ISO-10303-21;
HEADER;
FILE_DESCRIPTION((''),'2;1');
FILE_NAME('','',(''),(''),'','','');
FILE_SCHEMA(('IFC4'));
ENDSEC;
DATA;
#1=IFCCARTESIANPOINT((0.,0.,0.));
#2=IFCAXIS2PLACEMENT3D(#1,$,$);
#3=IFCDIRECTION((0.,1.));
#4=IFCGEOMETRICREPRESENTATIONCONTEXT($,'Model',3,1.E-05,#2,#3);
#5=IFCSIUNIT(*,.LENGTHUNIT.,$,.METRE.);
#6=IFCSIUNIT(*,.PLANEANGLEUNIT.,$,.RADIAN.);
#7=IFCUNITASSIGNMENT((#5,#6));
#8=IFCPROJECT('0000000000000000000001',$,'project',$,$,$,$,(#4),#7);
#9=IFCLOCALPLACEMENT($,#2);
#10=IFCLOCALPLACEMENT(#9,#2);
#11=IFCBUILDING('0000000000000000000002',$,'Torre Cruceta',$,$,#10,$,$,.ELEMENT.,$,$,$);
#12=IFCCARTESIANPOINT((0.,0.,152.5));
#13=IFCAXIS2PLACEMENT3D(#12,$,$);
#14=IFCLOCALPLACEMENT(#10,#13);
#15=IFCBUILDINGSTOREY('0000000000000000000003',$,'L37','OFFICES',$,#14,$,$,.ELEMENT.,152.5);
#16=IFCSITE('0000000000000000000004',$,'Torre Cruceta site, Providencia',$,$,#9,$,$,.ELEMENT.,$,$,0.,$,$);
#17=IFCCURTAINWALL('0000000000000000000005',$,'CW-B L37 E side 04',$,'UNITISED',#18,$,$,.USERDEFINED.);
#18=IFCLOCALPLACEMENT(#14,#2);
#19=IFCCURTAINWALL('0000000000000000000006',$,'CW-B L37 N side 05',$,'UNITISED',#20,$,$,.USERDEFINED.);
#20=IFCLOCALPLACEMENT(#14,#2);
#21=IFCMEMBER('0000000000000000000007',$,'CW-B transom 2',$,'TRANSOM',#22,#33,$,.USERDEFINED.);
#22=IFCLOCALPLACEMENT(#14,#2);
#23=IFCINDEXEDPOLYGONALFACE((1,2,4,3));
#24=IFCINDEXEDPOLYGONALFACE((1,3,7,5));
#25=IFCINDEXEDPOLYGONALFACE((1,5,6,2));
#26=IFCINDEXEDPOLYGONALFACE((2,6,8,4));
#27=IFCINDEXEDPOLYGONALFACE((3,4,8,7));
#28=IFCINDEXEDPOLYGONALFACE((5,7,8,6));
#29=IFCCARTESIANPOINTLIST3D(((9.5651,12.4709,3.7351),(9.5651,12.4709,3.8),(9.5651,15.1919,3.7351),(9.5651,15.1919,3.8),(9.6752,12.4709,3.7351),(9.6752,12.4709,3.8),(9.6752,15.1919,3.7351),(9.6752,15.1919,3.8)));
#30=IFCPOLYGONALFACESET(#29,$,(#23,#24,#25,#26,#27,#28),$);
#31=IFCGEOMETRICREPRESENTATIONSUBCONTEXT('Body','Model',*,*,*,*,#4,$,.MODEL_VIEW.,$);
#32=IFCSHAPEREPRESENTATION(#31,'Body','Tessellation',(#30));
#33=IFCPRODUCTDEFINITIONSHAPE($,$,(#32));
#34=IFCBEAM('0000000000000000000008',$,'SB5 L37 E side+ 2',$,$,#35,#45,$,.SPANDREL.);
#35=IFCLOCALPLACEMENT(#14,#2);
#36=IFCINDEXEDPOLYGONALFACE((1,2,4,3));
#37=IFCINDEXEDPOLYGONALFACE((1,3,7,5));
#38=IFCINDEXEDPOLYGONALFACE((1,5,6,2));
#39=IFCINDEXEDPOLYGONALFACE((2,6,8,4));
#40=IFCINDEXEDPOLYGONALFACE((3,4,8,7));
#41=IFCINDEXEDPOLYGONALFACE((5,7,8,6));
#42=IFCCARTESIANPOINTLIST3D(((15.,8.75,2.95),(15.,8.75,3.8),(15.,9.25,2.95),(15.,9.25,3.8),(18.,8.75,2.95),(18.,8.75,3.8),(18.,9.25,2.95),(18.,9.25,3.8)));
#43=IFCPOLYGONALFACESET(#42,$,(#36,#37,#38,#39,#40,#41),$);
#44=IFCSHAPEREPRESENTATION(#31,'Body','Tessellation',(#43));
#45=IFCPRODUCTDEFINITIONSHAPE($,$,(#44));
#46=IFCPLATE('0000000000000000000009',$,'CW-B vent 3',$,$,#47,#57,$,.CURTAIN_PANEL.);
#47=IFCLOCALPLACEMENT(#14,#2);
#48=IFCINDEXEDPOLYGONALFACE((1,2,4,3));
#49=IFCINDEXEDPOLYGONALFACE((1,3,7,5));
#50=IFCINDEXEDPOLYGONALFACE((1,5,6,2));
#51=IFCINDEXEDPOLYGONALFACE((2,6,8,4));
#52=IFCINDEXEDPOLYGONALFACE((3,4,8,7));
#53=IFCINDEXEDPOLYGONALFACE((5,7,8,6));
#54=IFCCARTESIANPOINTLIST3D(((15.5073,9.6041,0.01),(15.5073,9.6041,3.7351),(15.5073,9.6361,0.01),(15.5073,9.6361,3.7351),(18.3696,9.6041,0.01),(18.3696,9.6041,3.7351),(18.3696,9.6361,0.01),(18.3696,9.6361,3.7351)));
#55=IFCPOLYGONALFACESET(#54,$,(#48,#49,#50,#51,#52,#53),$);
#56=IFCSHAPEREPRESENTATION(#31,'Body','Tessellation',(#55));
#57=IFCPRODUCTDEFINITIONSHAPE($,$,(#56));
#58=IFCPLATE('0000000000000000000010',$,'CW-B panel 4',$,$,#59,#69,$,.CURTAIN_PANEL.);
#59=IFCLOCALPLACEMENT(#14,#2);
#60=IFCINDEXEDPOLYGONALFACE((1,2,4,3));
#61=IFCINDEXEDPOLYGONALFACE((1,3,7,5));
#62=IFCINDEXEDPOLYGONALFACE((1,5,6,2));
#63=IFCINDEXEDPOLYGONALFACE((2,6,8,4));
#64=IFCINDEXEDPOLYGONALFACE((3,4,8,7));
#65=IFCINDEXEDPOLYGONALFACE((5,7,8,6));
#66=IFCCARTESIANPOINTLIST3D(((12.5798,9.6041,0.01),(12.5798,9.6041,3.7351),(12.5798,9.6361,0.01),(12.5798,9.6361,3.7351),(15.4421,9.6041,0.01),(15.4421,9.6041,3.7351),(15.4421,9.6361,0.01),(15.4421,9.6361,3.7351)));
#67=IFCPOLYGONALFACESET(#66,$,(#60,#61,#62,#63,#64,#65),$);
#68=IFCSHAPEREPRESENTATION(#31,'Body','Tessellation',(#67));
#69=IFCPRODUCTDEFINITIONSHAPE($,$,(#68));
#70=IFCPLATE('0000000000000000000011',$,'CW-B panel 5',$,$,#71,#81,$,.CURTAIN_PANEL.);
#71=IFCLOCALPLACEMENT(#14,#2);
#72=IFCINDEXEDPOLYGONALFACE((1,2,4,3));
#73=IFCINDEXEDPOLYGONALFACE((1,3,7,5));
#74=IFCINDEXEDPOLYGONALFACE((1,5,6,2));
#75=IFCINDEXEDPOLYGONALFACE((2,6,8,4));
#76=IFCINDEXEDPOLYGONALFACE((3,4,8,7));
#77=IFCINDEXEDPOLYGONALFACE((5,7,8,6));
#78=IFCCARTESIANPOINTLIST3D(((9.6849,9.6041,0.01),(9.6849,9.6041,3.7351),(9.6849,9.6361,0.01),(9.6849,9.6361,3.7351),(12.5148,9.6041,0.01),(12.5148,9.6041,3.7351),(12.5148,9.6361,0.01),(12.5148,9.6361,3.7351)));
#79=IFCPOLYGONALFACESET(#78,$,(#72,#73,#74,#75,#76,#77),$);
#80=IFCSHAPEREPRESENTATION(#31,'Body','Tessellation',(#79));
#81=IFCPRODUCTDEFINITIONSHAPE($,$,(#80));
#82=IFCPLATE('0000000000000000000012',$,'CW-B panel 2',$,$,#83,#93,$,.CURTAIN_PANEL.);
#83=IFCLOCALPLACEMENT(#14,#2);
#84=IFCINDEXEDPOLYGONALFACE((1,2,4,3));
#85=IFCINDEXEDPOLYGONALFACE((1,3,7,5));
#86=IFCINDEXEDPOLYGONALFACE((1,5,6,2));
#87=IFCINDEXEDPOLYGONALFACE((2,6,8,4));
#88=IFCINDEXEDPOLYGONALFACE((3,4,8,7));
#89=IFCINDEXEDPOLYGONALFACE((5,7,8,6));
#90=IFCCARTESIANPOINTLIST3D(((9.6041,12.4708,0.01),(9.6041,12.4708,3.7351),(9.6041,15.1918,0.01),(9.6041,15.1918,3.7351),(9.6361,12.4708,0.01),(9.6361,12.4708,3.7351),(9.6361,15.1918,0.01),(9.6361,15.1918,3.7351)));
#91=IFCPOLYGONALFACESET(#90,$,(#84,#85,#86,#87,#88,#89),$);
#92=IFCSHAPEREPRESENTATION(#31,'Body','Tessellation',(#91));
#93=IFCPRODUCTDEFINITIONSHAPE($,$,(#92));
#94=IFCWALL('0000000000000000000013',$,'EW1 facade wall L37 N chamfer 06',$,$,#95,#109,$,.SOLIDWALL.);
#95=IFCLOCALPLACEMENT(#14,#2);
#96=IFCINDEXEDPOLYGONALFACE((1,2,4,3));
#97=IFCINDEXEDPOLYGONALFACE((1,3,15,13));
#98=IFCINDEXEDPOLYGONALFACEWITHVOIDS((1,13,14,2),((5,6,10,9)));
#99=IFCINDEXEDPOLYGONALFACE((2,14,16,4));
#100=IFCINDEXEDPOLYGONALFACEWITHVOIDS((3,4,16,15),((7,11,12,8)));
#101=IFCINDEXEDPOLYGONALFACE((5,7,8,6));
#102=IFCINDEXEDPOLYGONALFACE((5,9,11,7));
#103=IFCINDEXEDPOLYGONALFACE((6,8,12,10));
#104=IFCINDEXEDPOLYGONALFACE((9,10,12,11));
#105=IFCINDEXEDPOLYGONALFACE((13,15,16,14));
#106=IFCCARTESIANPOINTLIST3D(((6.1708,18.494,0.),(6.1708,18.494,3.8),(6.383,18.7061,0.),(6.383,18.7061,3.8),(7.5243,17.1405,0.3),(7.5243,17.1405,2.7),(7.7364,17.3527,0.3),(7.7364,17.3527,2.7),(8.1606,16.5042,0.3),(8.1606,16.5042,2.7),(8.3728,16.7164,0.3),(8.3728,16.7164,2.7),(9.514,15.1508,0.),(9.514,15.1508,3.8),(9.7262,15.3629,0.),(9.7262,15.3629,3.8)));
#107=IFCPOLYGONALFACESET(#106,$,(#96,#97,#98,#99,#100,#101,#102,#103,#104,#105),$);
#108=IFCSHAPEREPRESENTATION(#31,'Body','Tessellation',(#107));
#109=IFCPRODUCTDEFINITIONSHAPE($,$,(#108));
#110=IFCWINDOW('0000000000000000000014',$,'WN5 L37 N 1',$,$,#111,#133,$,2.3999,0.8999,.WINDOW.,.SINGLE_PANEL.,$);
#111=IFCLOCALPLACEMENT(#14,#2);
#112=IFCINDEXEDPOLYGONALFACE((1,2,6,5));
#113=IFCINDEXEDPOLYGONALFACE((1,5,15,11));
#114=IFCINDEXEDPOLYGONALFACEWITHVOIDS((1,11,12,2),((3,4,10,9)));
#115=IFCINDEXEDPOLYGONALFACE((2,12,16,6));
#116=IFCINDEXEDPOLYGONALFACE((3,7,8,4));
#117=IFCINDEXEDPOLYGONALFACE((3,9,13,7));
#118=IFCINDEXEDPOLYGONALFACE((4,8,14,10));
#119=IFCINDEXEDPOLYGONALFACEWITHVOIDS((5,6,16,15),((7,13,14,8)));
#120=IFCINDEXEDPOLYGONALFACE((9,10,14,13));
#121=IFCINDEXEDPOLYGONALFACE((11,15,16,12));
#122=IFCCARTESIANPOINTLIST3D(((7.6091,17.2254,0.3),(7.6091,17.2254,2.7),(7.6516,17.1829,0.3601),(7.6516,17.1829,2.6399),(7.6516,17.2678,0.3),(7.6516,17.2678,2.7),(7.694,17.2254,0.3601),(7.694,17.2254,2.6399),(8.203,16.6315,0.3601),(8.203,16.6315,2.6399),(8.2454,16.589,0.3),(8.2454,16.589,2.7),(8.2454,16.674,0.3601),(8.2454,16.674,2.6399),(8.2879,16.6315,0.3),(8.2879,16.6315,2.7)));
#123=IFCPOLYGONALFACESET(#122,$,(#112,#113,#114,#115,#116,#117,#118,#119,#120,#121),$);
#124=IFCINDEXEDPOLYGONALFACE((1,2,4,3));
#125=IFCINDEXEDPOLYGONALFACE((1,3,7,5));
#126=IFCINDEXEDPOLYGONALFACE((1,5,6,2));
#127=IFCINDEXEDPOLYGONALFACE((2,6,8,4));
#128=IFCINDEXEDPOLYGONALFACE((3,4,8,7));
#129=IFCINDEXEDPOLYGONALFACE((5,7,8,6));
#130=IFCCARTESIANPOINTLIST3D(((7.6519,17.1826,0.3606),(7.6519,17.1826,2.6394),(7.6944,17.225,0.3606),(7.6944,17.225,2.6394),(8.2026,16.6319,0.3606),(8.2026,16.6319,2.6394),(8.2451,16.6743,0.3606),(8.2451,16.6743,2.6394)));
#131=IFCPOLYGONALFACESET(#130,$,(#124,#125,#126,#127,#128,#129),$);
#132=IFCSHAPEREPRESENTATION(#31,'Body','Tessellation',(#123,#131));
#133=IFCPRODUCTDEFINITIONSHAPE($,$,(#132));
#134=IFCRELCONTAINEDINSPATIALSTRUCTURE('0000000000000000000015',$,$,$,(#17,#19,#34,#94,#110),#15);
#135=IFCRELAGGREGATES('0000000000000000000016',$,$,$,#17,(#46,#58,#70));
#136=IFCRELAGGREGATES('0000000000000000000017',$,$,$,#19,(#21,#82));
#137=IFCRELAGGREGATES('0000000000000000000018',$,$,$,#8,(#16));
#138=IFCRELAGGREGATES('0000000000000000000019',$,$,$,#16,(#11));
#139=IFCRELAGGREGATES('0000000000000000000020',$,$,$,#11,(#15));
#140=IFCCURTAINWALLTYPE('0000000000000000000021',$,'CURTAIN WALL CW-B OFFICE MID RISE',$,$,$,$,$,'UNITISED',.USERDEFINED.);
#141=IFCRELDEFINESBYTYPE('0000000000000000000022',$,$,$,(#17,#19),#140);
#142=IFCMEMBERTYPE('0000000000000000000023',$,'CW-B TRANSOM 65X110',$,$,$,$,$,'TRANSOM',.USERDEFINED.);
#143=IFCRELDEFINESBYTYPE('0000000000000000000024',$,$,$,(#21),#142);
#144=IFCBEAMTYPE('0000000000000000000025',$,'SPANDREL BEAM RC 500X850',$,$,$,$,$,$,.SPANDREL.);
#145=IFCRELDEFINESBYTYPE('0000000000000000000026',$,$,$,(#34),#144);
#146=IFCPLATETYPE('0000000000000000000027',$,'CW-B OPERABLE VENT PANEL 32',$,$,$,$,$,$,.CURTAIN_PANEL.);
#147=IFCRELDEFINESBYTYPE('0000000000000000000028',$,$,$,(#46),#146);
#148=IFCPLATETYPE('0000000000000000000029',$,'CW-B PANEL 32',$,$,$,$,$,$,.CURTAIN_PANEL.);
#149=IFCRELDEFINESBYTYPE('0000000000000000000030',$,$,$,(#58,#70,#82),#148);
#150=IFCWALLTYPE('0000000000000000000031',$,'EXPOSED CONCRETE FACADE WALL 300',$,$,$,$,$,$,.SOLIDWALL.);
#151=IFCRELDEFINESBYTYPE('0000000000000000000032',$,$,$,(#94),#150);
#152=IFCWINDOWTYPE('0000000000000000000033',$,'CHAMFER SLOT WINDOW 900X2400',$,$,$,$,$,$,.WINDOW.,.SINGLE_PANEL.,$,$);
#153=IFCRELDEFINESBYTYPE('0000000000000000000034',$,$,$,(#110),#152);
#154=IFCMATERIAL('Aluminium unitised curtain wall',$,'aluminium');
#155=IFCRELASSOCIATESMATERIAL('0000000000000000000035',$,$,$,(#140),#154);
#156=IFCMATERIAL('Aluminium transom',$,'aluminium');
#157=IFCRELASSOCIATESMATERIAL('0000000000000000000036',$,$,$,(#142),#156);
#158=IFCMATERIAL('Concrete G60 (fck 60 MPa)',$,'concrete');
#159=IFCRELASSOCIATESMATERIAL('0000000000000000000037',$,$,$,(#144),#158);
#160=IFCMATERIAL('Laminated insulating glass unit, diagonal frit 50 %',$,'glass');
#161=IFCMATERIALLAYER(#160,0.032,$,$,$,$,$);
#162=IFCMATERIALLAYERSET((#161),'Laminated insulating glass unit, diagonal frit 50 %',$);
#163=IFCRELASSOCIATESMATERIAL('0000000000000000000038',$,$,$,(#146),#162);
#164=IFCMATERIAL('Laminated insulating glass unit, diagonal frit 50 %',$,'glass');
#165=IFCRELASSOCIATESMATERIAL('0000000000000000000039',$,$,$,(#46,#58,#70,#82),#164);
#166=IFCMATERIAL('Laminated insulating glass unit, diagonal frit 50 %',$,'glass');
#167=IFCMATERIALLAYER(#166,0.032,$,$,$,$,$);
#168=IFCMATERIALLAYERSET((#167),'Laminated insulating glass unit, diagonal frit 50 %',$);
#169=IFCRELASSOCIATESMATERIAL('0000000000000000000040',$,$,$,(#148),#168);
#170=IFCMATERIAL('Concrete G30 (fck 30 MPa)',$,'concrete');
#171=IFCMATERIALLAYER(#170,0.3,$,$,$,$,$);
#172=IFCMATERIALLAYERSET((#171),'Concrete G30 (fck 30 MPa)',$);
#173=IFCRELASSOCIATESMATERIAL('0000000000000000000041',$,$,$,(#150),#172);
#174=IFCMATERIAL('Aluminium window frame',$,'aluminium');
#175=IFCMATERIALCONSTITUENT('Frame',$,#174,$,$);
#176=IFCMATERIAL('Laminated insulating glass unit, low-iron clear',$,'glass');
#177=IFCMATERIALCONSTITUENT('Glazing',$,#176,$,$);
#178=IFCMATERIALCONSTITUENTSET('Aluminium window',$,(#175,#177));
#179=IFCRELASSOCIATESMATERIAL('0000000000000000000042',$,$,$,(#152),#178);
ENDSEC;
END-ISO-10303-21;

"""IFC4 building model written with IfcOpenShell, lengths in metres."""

from ifc_helpers import new_model, si_unit, direction, frame, frame_2d, origin, origin_2d, place, context, subcontext, project, spatial, rectangle, hollow_rectangle, extrude, material, layer, layer_set, constituent, constituent_set, material_profile, profile_set, type_object, element, fill, aggregate, save


model = new_model("IFC4")

# Units and contexts
model_context = context("Model", 3, precision=1e-05, world=origin(), true_north=direction((0.0, 1.0)))
body_context = subcontext(model_context, "Body", "Model", "MODEL_VIEW")
ifc_project = project(units=[si_unit("LENGTHUNIT", "METRE"), si_unit("PLANEANGLEUNIT", "RADIAN")], contexts=[model_context])

# Site, building, storey
site_placement = place(None, origin())
site = spatial("IfcSite", under=ifc_project, at=site_placement, Name="Torre Cruceta site, Providencia", CompositionType="ELEMENT", RefElevation=0.0)
building_placement = place(site_placement, origin())
building = spatial("IfcBuilding", under=site, at=building_placement, Name="Torre Cruceta", CompositionType="ELEMENT")
storey_placement = place(building_placement, frame((0.0, 0.0, 152.5)))
storey = spatial("IfcBuildingStorey", under=building, at=storey_placement, Name="L37", Description="OFFICES", CompositionType="ELEMENT", Elevation=152.5)

# Curtain walls
ifc_material_1 = material(Name="Aluminium unitised curtain wall", Category="aluminium")
curtain_wall_type = type_object("IfcCurtainWallType", Name="CURTAIN WALL CW-B OFFICE MID RISE", ElementType="UNITISED", PredefinedType="USERDEFINED", material=ifc_material_1)
curtain_wall_1_placement = place(storey_placement, origin())
curtain_wall_1 = element("IfcCurtainWall", 1, at=curtain_wall_1_placement, inside=storey, type_object=curtain_wall_type, Name="CW-B L37 E side 04", ObjectType="UNITISED", PredefinedType="USERDEFINED")
curtain_wall_2_placement = place(storey_placement, origin())
curtain_wall_2 = element("IfcCurtainWall", 2, at=curtain_wall_2_placement, inside=storey, type_object=curtain_wall_type, Name="CW-B L37 N side 05", ObjectType="UNITISED", PredefinedType="USERDEFINED")

# Member
ifc_material_2 = material(Name="Aluminium transom", Category="aluminium")
ifc_material_profile_1 = material_profile(ifc_material_2, rectangle(XDim=0.1101, YDim=0.0649, at=origin_2d()), Name="AL 110X65")
ifc_profile_set_1 = profile_set([ifc_material_profile_1], Name="Aluminium transom")
member_type_1 = type_object("IfcMemberType", Name="CW-B TRANSOM 65X110", ElementType="TRANSOM", PredefinedType="USERDEFINED", material=ifc_profile_set_1)
member_1_placement = place(storey_placement, frame((9.6201, 12.4709, 3.7676), z_axis=(0.0, 1.0, 0.0), x_axis=(-1.0, 0.0, 0.0)))
member_1 = element("IfcMember", 3, at=member_1_placement, type_object=member_type_1, Name="CW-B transom 2", ObjectType="TRANSOM", PredefinedType="USERDEFINED", context=body_context, shape_type="SweptSolid", body=[
    extrude(rectangle(XDim=0.1101, YDim=0.0649, at=origin_2d()), origin(), (0.0, 0.0, 1.0), 2.7209),
])

# Beam
ifc_material_3 = material(Name="Concrete G60 (fck 60 MPa)", Category="concrete")
ifc_material_profile_2 = material_profile(ifc_material_3, rectangle(XDim=0.5, YDim=0.8501, at=origin_2d()), Name="RC 500X850")
ifc_profile_set_2 = profile_set([ifc_material_profile_2], Name="Concrete G60 (fck 60 MPa)")
beam_type_1 = type_object("IfcBeamType", Name="SPANDREL BEAM RC 500X850", PredefinedType="SPANDREL", material=ifc_profile_set_2)
beam_1_placement = place(storey_placement, frame((15.0, 9.0, 3.375), z_axis=(1.0, 0.0, 0.0), x_axis=(0.0, 1.0, 0.0)))
element("IfcBeam", 4, at=beam_1_placement, inside=storey, type_object=beam_type_1, Name="SB5 L37 E side+ 2", PredefinedType="SPANDREL", context=body_context, shape_type="SweptSolid", body=[
    extrude(rectangle(XDim=0.5, YDim=0.8501, at=origin_2d()), origin(), (0.0, 0.0, 1.0), 3.0),
])

# Plates
ifc_material_4 = material(Name="Laminated insulating glass unit, diagonal frit 50 %", Category="glass")
ifc_material_5 = material(Name="Laminated insulating glass unit, diagonal frit 50 %", Category="glass")
ifc_layer_1 = layer(ifc_material_5, 0.032)
ifc_layer_set_1 = layer_set([ifc_layer_1], Name="Laminated insulating glass unit, diagonal frit 50 %")
plate_type_1 = type_object("IfcPlateType", Name="CW-B OPERABLE VENT PANEL 32", PredefinedType="CURTAIN_PANEL", material=ifc_layer_set_1)
plate_1_placement = place(storey_placement, frame((16.9385, 9.6201, 0.01), z_axis=(0.0, 0.0, 1.0), x_axis=(-1.0, 0.0, 0.0)))
plate_1 = element("IfcPlate", 5, at=plate_1_placement, type_object=plate_type_1, material=ifc_material_4, Name="CW-B vent 3", PredefinedType="CURTAIN_PANEL", context=body_context, shape_type="SweptSolid", body=[
    extrude(rectangle(XDim=2.8623, YDim=0.032, at=origin_2d()), origin(), (0.0, 0.0, 1.0), 3.7251),
])
ifc_material_6 = material(Name="Laminated insulating glass unit, diagonal frit 50 %", Category="glass")
ifc_layer_2 = layer(ifc_material_6, 0.032)
ifc_layer_set_2 = layer_set([ifc_layer_2], Name="Laminated insulating glass unit, diagonal frit 50 %")
plate_type_2 = type_object("IfcPlateType", Name="CW-B PANEL 32", PredefinedType="CURTAIN_PANEL", material=ifc_layer_set_2)
plate_2_placement = place(storey_placement, frame((14.011, 9.6201, 0.01), z_axis=(0.0, 0.0, 1.0), x_axis=(-1.0, 0.0, 0.0)))
plate_2 = element("IfcPlate", 6, at=plate_2_placement, type_object=plate_type_2, material=ifc_material_4, Name="CW-B panel 4", PredefinedType="CURTAIN_PANEL", context=body_context, shape_type="SweptSolid", body=[
    extrude(rectangle(XDim=2.8623, YDim=0.032, at=origin_2d()), origin(), (0.0, 0.0, 1.0), 3.7251),
])
plate_3_placement = place(storey_placement, frame((11.0999, 9.6201, 0.01), z_axis=(0.0, 0.0, 1.0), x_axis=(-1.0, 0.0, 0.0)))
plate_3 = element("IfcPlate", 7, at=plate_3_placement, type_object=plate_type_2, material=ifc_material_4, Name="CW-B panel 5", PredefinedType="CURTAIN_PANEL", context=body_context, shape_type="SweptSolid", body=[
    extrude(rectangle(XDim=2.8298, YDim=0.032, at=origin_2d()), origin(), (0.0, 0.0, 1.0), 3.7251),
])
aggregate(curtain_wall_1, [plate_1, plate_2, plate_3])
plate_4_placement = place(storey_placement, frame((9.6201, 13.8313, 0.01), z_axis=(0.0, 0.0, 1.0), x_axis=(0.0, 1.0, 0.0)))
plate_4 = element("IfcPlate", 8, at=plate_4_placement, type_object=plate_type_2, material=ifc_material_4, Name="CW-B panel 2", PredefinedType="CURTAIN_PANEL", context=body_context, shape_type="SweptSolid", body=[
    extrude(rectangle(XDim=2.7209, YDim=0.032, at=origin_2d()), origin(), (0.0, 0.0, 1.0), 3.7251),
])
aggregate(curtain_wall_2, [member_1, plate_4])

# Wall, opening, window
ifc_material_7 = material(Name="Concrete G30 (fck 30 MPa)", Category="concrete")
ifc_layer_3 = layer(ifc_material_7, 0.3)
ifc_layer_set_3 = layer_set([ifc_layer_3], Name="Concrete G30 (fck 30 MPa)")
wall_type_1 = type_object("IfcWallType", Name="EXPOSED CONCRETE FACADE WALL 300", PredefinedType="SOLIDWALL", material=ifc_layer_set_3)
wall_1_placement = place(storey_placement, frame((9.6201, 15.2568, 0.0), z_axis=(0.0, 0.0, 1.0), x_axis=(-0.707107, 0.707107, 0.0)))
wall_1 = element("IfcWall", 9, at=wall_1_placement, inside=storey, type_object=wall_type_1, Name="EW1 facade wall L37 N chamfer 06", PredefinedType="SOLIDWALL", context=body_context, shape_type="SweptSolid", body=[
    extrude(rectangle(XDim=4.728, YDim=0.3, at=frame_2d((2.364, 0.0))), origin(), (0.0, 0.0, 1.0), 3.8),
])
opening_1_placement = place(wall_1_placement, frame((1.9141, 0.0, 0.3)))
opening_1 = element("IfcOpeningElement", 10, at=opening_1_placement, cuts=wall_1, PredefinedType="OPENING", context=body_context, shape_type="SweptSolid", body=[
    extrude(rectangle(XDim=0.8999, YDim=2.3999, at=frame_2d((0.45, 1.2))), frame((0.0, 0.1599, 0.0), z_axis=(0.0, -1.0, 0.0), x_axis=(1.0, 0.0, 0.0)), (0.0, 0.0, 1.0), 0.3201),
])
ifc_material_8 = material(Name="Aluminium window frame", Category="aluminium")
ifc_constituent_1 = constituent(ifc_material_8, Name="Frame")
ifc_material_9 = material(Name="Laminated insulating glass unit, low-iron clear", Category="glass")
ifc_constituent_2 = constituent(ifc_material_9, Name="Glazing")
ifc_constituent_set_1 = constituent_set(constituents=[ifc_constituent_1, ifc_constituent_2], Name="Aluminium window")
window_type = type_object("IfcWindowType", Name="CHAMFER SLOT WINDOW 900X2400", PartitioningType="SINGLE_PANEL", PredefinedType="WINDOW", material=ifc_constituent_set_1)
window_placement = place(opening_1_placement, origin())
window = element("IfcWindow", 11, at=window_placement, inside=storey, type_object=window_type, Name="WN5 L37 N 1", OverallHeight=2.3999, OverallWidth=0.8999, PartitioningType="SINGLE_PANEL", PredefinedType="WINDOW", context=body_context, shape_type="SweptSolid", body=[
    extrude(hollow_rectangle(XDim=0.8999, YDim=2.3999, WallThickness=0.0601, at=frame_2d((0.45, 1.2))), frame((0.0, 0.03, 0.0), z_axis=(0.0, -1.0, 0.0), x_axis=(1.0, 0.0, 0.0)), (0.0, 0.0, 1.0), 0.0601),
    extrude(rectangle(XDim=0.7788, YDim=2.2788, at=frame_2d((0.45, 1.2))), frame((0.0, 0.03, 0.0), z_axis=(0.0, -1.0, 0.0), x_axis=(1.0, 0.0, 0.0)), (0.0, 0.0, 1.0), 0.0601),
])
fill(opening_1, window)

save(model, "model.ifc")
